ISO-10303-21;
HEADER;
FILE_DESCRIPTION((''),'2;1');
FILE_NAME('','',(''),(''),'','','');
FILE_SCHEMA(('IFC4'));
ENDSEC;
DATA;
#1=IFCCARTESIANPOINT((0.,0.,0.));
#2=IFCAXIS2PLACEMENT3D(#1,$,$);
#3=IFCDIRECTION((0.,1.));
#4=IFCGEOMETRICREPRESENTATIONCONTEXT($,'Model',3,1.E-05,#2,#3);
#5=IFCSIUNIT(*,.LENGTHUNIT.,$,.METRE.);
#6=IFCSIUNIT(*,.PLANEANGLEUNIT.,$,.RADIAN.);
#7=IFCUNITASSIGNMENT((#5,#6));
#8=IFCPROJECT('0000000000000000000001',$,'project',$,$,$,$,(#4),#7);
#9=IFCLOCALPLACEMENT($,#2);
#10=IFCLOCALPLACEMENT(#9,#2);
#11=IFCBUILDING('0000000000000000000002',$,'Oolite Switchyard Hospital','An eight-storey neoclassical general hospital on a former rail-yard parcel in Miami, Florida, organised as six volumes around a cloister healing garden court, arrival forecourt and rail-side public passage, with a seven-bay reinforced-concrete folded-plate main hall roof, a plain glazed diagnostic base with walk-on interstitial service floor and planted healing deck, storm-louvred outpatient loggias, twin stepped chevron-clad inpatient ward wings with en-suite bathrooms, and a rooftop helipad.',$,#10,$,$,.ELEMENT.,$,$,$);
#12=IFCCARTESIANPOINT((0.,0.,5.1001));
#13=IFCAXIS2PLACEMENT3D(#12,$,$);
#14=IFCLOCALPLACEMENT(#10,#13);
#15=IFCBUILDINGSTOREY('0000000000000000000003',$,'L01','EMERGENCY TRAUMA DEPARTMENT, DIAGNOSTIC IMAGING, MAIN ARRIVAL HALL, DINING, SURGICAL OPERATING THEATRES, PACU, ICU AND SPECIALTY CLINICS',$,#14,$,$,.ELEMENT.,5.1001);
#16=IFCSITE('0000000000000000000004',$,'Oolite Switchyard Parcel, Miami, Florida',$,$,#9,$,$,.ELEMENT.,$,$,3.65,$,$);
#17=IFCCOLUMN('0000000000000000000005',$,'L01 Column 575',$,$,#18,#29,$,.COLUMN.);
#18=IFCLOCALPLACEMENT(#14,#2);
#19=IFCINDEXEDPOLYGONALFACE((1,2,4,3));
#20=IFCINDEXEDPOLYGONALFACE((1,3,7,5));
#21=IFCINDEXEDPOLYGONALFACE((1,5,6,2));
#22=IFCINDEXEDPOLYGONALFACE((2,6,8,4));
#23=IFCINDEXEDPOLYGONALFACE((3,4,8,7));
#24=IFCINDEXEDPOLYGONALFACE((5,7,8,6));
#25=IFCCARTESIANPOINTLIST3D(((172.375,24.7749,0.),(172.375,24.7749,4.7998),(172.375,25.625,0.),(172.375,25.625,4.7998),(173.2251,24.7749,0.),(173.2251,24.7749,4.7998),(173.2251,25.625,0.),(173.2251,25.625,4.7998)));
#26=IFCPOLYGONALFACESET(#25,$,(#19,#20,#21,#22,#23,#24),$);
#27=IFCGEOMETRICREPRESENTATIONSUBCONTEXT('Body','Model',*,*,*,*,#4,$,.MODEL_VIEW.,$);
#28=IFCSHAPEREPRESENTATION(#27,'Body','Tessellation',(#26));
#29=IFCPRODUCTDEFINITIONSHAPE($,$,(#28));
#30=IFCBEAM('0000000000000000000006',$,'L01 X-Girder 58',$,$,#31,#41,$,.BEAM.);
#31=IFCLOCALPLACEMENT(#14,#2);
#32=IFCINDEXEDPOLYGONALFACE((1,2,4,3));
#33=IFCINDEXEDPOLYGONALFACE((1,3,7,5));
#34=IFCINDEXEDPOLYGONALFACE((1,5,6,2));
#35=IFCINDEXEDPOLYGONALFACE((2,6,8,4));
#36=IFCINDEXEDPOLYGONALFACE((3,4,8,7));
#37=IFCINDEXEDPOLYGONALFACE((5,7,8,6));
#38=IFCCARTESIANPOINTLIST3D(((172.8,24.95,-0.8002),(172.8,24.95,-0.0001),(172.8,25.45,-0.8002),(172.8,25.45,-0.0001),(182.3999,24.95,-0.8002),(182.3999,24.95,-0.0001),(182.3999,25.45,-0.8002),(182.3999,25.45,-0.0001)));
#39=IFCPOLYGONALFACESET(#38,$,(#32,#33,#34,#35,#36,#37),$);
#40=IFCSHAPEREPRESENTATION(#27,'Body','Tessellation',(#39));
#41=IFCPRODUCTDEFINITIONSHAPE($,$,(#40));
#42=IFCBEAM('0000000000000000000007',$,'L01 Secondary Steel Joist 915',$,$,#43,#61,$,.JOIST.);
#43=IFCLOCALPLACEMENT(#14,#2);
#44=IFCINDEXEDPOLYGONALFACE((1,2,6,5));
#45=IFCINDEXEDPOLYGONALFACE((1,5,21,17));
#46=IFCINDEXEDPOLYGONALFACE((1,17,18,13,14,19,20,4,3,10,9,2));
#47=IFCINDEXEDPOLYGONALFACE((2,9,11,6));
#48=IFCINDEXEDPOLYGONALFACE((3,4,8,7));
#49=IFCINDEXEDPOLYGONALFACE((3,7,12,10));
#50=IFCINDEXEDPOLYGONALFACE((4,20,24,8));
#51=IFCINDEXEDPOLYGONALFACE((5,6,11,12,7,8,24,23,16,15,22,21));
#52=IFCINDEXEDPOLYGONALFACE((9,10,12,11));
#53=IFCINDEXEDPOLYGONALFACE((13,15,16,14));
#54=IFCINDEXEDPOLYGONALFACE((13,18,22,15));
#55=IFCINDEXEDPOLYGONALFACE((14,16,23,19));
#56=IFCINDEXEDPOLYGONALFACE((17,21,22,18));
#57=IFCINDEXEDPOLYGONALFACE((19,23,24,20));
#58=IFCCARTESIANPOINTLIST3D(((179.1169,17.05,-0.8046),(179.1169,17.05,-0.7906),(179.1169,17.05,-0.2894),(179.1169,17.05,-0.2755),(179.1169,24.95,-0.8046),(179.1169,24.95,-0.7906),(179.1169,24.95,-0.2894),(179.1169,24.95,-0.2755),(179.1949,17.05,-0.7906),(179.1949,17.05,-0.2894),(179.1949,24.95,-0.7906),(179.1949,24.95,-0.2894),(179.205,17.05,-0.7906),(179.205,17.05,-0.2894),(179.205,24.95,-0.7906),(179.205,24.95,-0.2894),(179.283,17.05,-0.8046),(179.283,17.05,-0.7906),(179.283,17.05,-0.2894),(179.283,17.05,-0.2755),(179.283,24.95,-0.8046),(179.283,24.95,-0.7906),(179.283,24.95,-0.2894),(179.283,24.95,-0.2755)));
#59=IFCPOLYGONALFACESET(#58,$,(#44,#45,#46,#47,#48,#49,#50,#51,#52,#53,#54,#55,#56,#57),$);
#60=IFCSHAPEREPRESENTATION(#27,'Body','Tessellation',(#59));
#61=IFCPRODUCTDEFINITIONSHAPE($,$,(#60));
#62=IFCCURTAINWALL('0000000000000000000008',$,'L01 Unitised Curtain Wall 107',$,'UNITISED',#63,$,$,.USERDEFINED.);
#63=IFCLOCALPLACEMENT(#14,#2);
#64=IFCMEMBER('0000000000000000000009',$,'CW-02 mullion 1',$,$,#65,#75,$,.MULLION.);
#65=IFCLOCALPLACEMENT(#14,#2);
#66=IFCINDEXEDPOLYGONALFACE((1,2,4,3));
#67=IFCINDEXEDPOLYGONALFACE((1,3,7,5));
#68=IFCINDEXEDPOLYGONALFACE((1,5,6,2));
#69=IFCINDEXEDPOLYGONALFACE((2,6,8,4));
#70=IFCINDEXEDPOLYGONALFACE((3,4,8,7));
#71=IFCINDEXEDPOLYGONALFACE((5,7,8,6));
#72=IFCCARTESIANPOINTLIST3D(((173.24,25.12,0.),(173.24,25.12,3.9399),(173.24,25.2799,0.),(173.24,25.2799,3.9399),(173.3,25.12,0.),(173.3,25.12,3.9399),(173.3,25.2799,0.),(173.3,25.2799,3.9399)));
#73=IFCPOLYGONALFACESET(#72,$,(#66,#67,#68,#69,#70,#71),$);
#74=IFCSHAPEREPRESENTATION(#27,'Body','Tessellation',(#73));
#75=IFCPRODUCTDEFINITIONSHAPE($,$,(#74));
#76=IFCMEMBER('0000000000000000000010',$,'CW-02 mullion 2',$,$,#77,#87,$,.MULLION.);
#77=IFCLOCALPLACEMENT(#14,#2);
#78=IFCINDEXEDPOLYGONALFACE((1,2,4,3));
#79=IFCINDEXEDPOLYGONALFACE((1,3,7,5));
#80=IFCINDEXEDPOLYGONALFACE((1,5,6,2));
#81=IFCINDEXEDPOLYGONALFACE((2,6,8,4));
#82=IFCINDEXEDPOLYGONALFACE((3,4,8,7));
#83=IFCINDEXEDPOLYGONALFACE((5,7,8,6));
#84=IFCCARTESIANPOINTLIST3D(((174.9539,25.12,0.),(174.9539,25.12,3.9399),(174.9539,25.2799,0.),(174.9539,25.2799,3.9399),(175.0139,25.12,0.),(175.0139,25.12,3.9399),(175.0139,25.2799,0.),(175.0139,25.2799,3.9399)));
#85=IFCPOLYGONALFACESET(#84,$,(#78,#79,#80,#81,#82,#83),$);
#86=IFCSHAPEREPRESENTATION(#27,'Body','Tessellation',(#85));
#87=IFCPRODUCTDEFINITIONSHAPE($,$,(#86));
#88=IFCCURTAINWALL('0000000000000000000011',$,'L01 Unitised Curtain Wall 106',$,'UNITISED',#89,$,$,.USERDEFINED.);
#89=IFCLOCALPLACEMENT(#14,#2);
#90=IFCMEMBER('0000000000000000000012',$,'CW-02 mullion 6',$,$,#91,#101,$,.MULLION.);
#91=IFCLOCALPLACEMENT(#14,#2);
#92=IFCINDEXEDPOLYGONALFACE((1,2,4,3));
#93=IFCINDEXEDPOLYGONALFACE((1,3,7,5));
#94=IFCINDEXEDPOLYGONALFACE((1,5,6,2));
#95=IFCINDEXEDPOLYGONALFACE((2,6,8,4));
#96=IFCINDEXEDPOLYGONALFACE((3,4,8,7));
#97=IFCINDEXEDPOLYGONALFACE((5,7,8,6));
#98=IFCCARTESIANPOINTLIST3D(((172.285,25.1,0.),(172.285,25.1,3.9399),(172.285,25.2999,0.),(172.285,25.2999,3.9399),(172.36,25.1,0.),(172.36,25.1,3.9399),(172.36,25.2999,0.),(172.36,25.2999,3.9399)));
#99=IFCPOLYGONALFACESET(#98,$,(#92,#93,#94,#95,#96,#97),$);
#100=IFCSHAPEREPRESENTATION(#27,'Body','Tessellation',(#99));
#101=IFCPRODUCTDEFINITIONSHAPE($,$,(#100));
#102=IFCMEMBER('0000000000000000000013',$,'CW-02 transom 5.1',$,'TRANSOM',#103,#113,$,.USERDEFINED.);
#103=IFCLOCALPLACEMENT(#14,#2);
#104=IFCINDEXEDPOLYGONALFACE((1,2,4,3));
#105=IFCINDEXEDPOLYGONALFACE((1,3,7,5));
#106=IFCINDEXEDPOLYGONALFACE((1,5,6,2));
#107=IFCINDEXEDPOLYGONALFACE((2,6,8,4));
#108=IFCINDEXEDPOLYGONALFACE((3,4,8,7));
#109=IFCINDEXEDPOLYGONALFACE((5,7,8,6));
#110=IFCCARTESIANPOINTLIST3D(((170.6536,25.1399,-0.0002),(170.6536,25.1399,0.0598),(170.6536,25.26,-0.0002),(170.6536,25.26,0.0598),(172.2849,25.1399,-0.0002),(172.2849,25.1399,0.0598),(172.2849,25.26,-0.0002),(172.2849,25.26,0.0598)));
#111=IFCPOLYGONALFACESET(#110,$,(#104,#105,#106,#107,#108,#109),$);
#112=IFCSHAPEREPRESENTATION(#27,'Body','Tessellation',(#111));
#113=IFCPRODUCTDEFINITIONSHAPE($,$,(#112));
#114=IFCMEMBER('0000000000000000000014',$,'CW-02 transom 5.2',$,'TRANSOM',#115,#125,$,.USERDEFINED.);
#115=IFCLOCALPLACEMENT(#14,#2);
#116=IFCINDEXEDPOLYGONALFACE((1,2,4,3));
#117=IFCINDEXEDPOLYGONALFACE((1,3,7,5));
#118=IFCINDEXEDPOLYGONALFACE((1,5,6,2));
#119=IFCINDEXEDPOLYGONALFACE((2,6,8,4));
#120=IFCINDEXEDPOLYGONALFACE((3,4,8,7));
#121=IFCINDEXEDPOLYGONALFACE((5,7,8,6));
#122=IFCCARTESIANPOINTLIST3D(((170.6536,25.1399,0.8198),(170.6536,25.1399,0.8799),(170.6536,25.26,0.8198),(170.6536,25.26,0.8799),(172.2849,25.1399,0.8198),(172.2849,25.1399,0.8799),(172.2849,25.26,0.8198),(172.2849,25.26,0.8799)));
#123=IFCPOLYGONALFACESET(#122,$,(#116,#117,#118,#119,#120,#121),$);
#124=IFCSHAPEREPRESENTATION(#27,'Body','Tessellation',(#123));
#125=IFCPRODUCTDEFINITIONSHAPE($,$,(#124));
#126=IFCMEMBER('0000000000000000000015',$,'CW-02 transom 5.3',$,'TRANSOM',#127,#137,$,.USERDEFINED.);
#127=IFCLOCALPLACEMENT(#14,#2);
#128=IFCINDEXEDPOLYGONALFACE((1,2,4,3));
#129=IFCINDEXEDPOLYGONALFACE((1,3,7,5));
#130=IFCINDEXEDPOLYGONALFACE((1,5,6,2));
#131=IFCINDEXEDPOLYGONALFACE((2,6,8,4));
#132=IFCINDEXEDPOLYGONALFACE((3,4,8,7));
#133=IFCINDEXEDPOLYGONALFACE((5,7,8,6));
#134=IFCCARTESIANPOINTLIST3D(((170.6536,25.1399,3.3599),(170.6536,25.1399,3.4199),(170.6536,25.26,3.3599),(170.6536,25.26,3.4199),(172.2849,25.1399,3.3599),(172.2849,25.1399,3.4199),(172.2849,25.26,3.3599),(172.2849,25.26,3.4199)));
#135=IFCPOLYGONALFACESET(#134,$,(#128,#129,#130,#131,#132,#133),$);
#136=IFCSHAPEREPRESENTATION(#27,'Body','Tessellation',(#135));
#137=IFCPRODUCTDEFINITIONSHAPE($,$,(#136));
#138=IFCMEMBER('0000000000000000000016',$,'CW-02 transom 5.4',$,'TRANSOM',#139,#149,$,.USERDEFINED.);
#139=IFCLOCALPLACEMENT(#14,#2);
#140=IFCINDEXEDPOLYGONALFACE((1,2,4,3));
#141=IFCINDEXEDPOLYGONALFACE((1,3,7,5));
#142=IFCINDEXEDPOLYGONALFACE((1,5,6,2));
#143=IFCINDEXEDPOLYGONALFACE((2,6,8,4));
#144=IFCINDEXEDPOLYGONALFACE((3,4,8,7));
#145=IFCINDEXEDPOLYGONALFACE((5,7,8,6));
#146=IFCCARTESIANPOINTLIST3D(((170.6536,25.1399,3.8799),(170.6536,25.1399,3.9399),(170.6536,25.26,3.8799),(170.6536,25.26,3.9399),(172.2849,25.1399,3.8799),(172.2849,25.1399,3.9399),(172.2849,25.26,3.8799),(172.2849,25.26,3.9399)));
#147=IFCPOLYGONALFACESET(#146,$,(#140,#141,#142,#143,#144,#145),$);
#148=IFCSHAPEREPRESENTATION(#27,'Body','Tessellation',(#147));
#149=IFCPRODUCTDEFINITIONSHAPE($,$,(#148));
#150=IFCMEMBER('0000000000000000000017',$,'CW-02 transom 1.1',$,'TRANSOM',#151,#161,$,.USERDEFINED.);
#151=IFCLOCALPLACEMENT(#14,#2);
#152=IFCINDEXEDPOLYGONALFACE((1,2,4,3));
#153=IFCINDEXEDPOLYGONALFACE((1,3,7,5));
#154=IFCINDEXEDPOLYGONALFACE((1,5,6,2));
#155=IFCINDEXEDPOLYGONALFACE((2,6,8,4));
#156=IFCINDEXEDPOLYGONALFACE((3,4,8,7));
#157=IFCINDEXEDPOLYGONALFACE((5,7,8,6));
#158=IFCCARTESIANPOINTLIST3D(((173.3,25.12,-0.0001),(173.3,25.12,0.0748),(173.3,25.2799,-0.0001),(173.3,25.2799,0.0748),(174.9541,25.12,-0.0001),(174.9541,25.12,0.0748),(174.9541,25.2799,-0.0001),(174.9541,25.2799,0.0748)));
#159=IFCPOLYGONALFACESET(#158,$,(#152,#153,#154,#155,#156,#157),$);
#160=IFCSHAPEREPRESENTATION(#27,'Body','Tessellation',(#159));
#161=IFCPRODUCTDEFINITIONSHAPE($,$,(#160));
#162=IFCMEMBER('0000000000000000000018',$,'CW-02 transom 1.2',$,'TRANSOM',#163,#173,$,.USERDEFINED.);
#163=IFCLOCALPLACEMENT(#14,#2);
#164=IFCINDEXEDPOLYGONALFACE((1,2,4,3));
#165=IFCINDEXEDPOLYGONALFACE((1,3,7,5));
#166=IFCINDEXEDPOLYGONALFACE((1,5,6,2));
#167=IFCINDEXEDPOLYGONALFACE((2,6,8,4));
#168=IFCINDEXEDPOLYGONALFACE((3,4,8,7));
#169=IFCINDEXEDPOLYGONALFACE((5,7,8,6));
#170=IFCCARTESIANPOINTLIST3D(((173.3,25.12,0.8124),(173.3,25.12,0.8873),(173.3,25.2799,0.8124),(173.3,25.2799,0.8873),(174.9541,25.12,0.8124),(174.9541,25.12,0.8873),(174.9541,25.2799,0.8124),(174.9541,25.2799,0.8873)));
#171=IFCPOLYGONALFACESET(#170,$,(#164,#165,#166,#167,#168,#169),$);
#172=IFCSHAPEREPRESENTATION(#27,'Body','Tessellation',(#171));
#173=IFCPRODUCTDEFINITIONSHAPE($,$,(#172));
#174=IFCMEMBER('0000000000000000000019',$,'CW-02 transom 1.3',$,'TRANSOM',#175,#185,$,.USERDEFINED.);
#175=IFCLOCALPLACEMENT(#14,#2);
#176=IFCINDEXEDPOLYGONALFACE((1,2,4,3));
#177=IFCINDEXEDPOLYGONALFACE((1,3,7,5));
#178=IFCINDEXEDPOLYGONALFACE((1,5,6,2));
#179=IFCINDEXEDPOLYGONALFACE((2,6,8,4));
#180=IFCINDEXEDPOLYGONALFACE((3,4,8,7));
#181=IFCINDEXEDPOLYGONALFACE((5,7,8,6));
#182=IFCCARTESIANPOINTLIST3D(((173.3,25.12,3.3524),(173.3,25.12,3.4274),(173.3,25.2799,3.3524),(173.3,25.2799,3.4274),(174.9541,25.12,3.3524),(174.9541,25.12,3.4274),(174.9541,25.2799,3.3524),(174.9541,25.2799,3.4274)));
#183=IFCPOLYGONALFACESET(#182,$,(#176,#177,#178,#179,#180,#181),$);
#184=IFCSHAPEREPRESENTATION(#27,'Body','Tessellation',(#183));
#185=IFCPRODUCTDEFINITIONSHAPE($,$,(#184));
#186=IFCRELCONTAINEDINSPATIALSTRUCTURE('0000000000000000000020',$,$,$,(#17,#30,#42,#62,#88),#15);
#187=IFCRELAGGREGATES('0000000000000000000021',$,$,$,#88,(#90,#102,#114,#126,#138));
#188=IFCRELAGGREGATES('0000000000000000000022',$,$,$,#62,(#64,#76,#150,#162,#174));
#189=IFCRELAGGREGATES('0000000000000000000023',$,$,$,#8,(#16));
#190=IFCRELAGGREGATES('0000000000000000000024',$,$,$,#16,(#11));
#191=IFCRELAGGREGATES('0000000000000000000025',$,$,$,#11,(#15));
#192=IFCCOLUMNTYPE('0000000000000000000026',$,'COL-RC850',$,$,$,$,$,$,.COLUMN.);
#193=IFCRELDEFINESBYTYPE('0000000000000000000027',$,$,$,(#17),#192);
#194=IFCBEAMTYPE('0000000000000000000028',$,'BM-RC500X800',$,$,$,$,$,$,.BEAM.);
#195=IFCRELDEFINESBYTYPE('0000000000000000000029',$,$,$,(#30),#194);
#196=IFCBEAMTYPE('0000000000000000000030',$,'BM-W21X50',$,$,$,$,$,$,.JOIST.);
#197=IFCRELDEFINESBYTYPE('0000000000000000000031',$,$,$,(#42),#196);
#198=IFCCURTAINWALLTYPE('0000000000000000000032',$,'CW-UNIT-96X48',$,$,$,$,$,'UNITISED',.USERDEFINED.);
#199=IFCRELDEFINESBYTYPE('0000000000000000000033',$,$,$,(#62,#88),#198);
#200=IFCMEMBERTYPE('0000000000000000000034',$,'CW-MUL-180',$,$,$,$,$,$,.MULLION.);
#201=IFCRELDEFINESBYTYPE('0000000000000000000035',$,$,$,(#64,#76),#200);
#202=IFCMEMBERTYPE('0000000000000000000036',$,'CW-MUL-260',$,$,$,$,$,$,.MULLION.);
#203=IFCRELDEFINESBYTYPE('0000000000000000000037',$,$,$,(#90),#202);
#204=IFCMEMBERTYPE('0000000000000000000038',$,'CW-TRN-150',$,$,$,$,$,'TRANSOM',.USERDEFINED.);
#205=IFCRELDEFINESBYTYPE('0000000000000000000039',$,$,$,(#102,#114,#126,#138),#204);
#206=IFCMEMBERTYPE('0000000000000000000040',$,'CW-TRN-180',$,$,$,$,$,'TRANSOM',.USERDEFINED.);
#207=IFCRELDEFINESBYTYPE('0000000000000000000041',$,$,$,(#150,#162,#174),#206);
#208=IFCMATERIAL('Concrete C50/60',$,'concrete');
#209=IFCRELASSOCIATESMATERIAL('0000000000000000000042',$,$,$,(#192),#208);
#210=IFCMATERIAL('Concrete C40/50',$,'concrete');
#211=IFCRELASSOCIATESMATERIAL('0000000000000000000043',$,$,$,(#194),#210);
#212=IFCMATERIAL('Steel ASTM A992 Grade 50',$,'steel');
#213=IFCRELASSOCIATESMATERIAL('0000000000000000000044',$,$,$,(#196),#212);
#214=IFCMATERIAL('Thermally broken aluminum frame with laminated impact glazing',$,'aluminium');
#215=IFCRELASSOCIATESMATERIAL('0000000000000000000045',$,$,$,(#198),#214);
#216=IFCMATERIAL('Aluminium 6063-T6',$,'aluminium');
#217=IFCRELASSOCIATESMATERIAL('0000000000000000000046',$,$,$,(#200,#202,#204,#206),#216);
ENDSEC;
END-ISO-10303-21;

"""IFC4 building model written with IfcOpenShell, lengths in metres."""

from ifc_helpers import new_model, si_unit, direction, frame, origin, origin_2d, place, context, subcontext, project, spatial, rectangle, i_section, extrude, material, material_profile, profile_set, type_object, element, aggregate, save


model = new_model("IFC4")

# Units and contexts
model_context = context("Model", 3, precision=1e-05, world=origin(), true_north=direction((0.0, 1.0)))
body_context = subcontext(model_context, "Body", "Model", "MODEL_VIEW")
ifc_project = project(units=[si_unit("LENGTHUNIT", "METRE"), si_unit("PLANEANGLEUNIT", "RADIAN")], contexts=[model_context])

# Site, building, storey
site_placement = place(None, origin())
site = spatial("IfcSite", under=ifc_project, at=site_placement, Name="Oolite Switchyard Parcel, Miami, Florida", CompositionType="ELEMENT", RefElevation=3.65)
building_placement = place(site_placement, origin())
building = spatial("IfcBuilding", under=site, at=building_placement, Name="Oolite Switchyard Hospital", Description="An eight-storey neoclassical general hospital on a former rail-yard parcel in Miami, Florida, organised as six volumes around a cloister healing garden court, arrival forecourt and rail-side public passage, with a seven-bay reinforced-concrete folded-plate main hall roof, a plain glazed diagnostic base with walk-on interstitial service floor and planted healing deck, storm-louvred outpatient loggias, twin stepped chevron-clad inpatient ward wings with en-suite bathrooms, and a rooftop helipad.", CompositionType="ELEMENT")
storey_placement = place(building_placement, frame((0.0, 0.0, 5.1001)))
storey = spatial("IfcBuildingStorey", under=building, at=storey_placement, Name="L01", Description="EMERGENCY TRAUMA DEPARTMENT, DIAGNOSTIC IMAGING, MAIN ARRIVAL HALL, DINING, SURGICAL OPERATING THEATRES, PACU, ICU AND SPECIALTY CLINICS", CompositionType="ELEMENT", Elevation=5.1001)

# Column
ifc_material_1 = material(Name="Concrete C50/60", Category="concrete")
ifc_material_profile_1 = material_profile(ifc_material_1, rectangle(XDim=0.8501, YDim=0.8501, at=origin_2d()), Name="RC850X850")
ifc_profile_set_1 = profile_set([ifc_material_profile_1], Name="Concrete C50/60")
column_type = type_object("IfcColumnType", Name="COL-RC850", PredefinedType="COLUMN", material=ifc_profile_set_1)
column_placement = place(storey_placement, frame((172.8, 25.2, 0.0), z_axis=(0.0, 0.0, 1.0), x_axis=(1.0, 0.0, 0.0)))
element("IfcColumn", 1, at=column_placement, inside=storey, type_object=column_type, Name="L01 Column 575", PredefinedType="COLUMN", context=body_context, shape_type="SweptSolid", body=[
    extrude(rectangle(XDim=0.8501, YDim=0.8501, at=origin_2d()), origin(), (0.0, 0.0, 1.0), 4.7998),
])

# Beams
ifc_material_2 = material(Name="Concrete C40/50", Category="concrete")
ifc_material_profile_2 = material_profile(ifc_material_2, rectangle(XDim=0.5, YDim=0.8, at=origin_2d()), Name="RCB500X800")
ifc_profile_set_2 = profile_set([ifc_material_profile_2], Name="Concrete C40/50")
beam_type_1 = type_object("IfcBeamType", Name="BM-RC500X800", PredefinedType="BEAM", material=ifc_profile_set_2)
beam_1_placement = place(storey_placement, frame((172.8, 25.2, -0.4001), z_axis=(1.0, 0.0, 0.0), x_axis=(0.0, 1.0, 0.0)))
element("IfcBeam", 2, at=beam_1_placement, inside=storey, type_object=beam_type_1, Name="L01 X-Girder 58", PredefinedType="BEAM", context=body_context, shape_type="SweptSolid", body=[
    extrude(rectangle(XDim=0.5, YDim=0.8, at=origin_2d()), origin(), (0.0, 0.0, 1.0), 9.5999),
])
ifc_material_3 = material(Name="Steel ASTM A992 Grade 50", Category="steel")
ifc_material_profile_3 = material_profile(ifc_material_3, i_section(OverallWidth=0.166, OverallDepth=0.5291, WebThickness=0.01, FlangeThickness=0.0139, at=origin_2d()), Name="W21X50")
ifc_profile_set_3 = profile_set([ifc_material_profile_3], Name="Steel ASTM A992 Grade 50")
beam_type_2 = type_object("IfcBeamType", Name="BM-W21X50", PredefinedType="JOIST", material=ifc_profile_set_3)
beam_2_placement = place(storey_placement, frame((179.2, 17.05, -0.54), z_axis=(0.0, 1.0, 0.0), x_axis=(-1.0, 0.0, 0.0)))
element("IfcBeam", 3, at=beam_2_placement, inside=storey, type_object=beam_type_2, Name="L01 Secondary Steel Joist 915", PredefinedType="JOIST", context=body_context, shape_type="SweptSolid", body=[
    extrude(i_section(OverallWidth=0.166, OverallDepth=0.5291, WebThickness=0.01, FlangeThickness=0.0139, at=origin_2d()), origin(), (0.0, 0.0, 1.0), 7.8999),
])

# Curtain walls, members
ifc_material_4 = material(Name="Thermally broken aluminum frame with laminated impact glazing", Category="aluminium")
curtain_wall_type = type_object("IfcCurtainWallType", Name="CW-UNIT-96X48", ElementType="UNITISED", PredefinedType="USERDEFINED", material=ifc_material_4)
curtain_wall_1_placement = place(storey_placement, origin())
curtain_wall_1 = element("IfcCurtainWall", 4, at=curtain_wall_1_placement, inside=storey, type_object=curtain_wall_type, Name="L01 Unitised Curtain Wall 107", ObjectType="UNITISED", PredefinedType="USERDEFINED")
ifc_material_5 = material(Name="Aluminium 6063-T6", Category="aluminium")
ifc_material_profile_4 = material_profile(ifc_material_5, rectangle(XDim=0.1599, YDim=0.0601, at=origin_2d()), Name="CWM60X160")
ifc_profile_set_4 = profile_set([ifc_material_profile_4], Name="Aluminium 6063-T6")
member_type_1 = type_object("IfcMemberType", Name="CW-MUL-180", PredefinedType="MULLION", material=ifc_profile_set_4)
member_1_placement = place(storey_placement, frame((173.27, 25.2, 0.0), z_axis=(0.0, 0.0, 1.0), x_axis=(0.0, 1.0, 0.0)))
member_1 = element("IfcMember", 5, at=member_1_placement, type_object=member_type_1, Name="CW-02 mullion 1", PredefinedType="MULLION", context=body_context, shape_type="SweptSolid", body=[
    extrude(rectangle(XDim=0.1599, YDim=0.0601, at=origin_2d()), origin(), (0.0, 0.0, 1.0), 3.9399),
])
member_2_placement = place(storey_placement, frame((174.9839, 25.2, 0.0), z_axis=(0.0, 0.0, 1.0), x_axis=(0.0, 1.0, 0.0)))
member_2 = element("IfcMember", 6, at=member_2_placement, type_object=member_type_1, Name="CW-02 mullion 2", PredefinedType="MULLION", context=body_context, shape_type="SweptSolid", body=[
    extrude(rectangle(XDim=0.1599, YDim=0.0601, at=origin_2d()), origin(), (0.0, 0.0, 1.0), 3.9399),
])
curtain_wall_2_placement = place(storey_placement, origin())
curtain_wall_2 = element("IfcCurtainWall", 7, at=curtain_wall_2_placement, inside=storey, type_object=curtain_wall_type, Name="L01 Unitised Curtain Wall 106", ObjectType="UNITISED", PredefinedType="USERDEFINED")
ifc_material_profile_5 = material_profile(ifc_material_5, rectangle(XDim=0.2, YDim=0.075, at=origin_2d()), Name="CWM75X200")
ifc_profile_set_5 = profile_set([ifc_material_profile_5], Name="Aluminium 6063-T6")
member_type_2 = type_object("IfcMemberType", Name="CW-MUL-260", PredefinedType="MULLION", material=ifc_profile_set_5)
member_3_placement = place(storey_placement, frame((172.3225, 25.2, 0.0), z_axis=(0.0, 0.0, 1.0), x_axis=(0.0, 1.0, 0.0)))
member_3 = element("IfcMember", 8, at=member_3_placement, type_object=member_type_2, Name="CW-02 mullion 6", PredefinedType="MULLION", context=body_context, shape_type="SweptSolid", body=[
    extrude(rectangle(XDim=0.2, YDim=0.075, at=origin_2d()), origin(), (0.0, 0.0, 1.0), 3.9399),
])
ifc_material_profile_6 = material_profile(ifc_material_5, rectangle(XDim=0.1201, YDim=0.0601, at=origin_2d()), Name="CWT60X120")
ifc_profile_set_6 = profile_set([ifc_material_profile_6], Name="Aluminium 6063-T6")
member_type_3 = type_object("IfcMemberType", Name="CW-TRN-150", ElementType="TRANSOM", PredefinedType="USERDEFINED", material=ifc_profile_set_6)
member_4_placement = place(storey_placement, frame((170.6536, 25.2, 0.0298), z_axis=(1.0, 0.0, 0.0), x_axis=(0.0, 1.0, 0.0)))
member_4 = element("IfcMember", 9, at=member_4_placement, type_object=member_type_3, Name="CW-02 transom 5.1", ObjectType="TRANSOM", PredefinedType="USERDEFINED", context=body_context, shape_type="SweptSolid", body=[
    extrude(rectangle(XDim=0.1201, YDim=0.0601, at=origin_2d()), origin(), (0.0, 0.0, 1.0), 1.6313),
])
member_5_placement = place(storey_placement, frame((170.6536, 25.2, 0.8499), z_axis=(1.0, 0.0, 0.0), x_axis=(0.0, 1.0, 0.0)))
member_5 = element("IfcMember", 10, at=member_5_placement, type_object=member_type_3, Name="CW-02 transom 5.2", ObjectType="TRANSOM", PredefinedType="USERDEFINED", context=body_context, shape_type="SweptSolid", body=[
    extrude(rectangle(XDim=0.1201, YDim=0.0601, at=origin_2d()), origin(), (0.0, 0.0, 1.0), 1.6313),
])
member_6_placement = place(storey_placement, frame((170.6536, 25.2, 3.3899), z_axis=(1.0, 0.0, 0.0), x_axis=(0.0, 1.0, 0.0)))
member_6 = element("IfcMember", 11, at=member_6_placement, type_object=member_type_3, Name="CW-02 transom 5.3", ObjectType="TRANSOM", PredefinedType="USERDEFINED", context=body_context, shape_type="SweptSolid", body=[
    extrude(rectangle(XDim=0.1201, YDim=0.0601, at=origin_2d()), origin(), (0.0, 0.0, 1.0), 1.6313),
])
member_7_placement = place(storey_placement, frame((170.6536, 25.2, 3.9099), z_axis=(1.0, 0.0, 0.0), x_axis=(0.0, 1.0, 0.0)))
member_7 = element("IfcMember", 12, at=member_7_placement, type_object=member_type_3, Name="CW-02 transom 5.4", ObjectType="TRANSOM", PredefinedType="USERDEFINED", context=body_context, shape_type="SweptSolid", body=[
    extrude(rectangle(XDim=0.1201, YDim=0.0601, at=origin_2d()), origin(), (0.0, 0.0, 1.0), 1.6313),
])

# Members
ifc_material_profile_7 = material_profile(ifc_material_5, rectangle(XDim=0.1599, YDim=0.075, at=origin_2d()), Name="CWT75X160")
ifc_profile_set_7 = profile_set([ifc_material_profile_7], Name="Aluminium 6063-T6")
member_type_4 = type_object("IfcMemberType", Name="CW-TRN-180", ElementType="TRANSOM", PredefinedType="USERDEFINED", material=ifc_profile_set_7)
member_8_placement = place(storey_placement, frame((173.3, 25.2, 0.0374), z_axis=(1.0, 0.0, 0.0), x_axis=(0.0, 1.0, 0.0)))
member_8 = element("IfcMember", 13, at=member_8_placement, type_object=member_type_4, Name="CW-02 transom 1.1", ObjectType="TRANSOM", PredefinedType="USERDEFINED", context=body_context, shape_type="SweptSolid", body=[
    extrude(rectangle(XDim=0.1599, YDim=0.075, at=origin_2d()), origin(), (0.0, 0.0, 1.0), 1.6541),
])
member_9_placement = place(storey_placement, frame((173.3, 25.2, 0.8499), z_axis=(1.0, 0.0, 0.0), x_axis=(0.0, 1.0, 0.0)))
member_9 = element("IfcMember", 14, at=member_9_placement, type_object=member_type_4, Name="CW-02 transom 1.2", ObjectType="TRANSOM", PredefinedType="USERDEFINED", context=body_context, shape_type="SweptSolid", body=[
    extrude(rectangle(XDim=0.1599, YDim=0.075, at=origin_2d()), origin(), (0.0, 0.0, 1.0), 1.6541),
])
member_10_placement = place(storey_placement, frame((173.3, 25.2, 3.3899), z_axis=(1.0, 0.0, 0.0), x_axis=(0.0, 1.0, 0.0)))
member_10 = element("IfcMember", 15, at=member_10_placement, type_object=member_type_4, Name="CW-02 transom 1.3", ObjectType="TRANSOM", PredefinedType="USERDEFINED", context=body_context, shape_type="SweptSolid", body=[
    extrude(rectangle(XDim=0.1599, YDim=0.075, at=origin_2d()), origin(), (0.0, 0.0, 1.0), 1.6541),
])

aggregate(curtain_wall_2, [member_3, member_4, member_5, member_6, member_7])
aggregate(curtain_wall_1, [member_1, member_2, member_8, member_9, member_10])

save(model, "model.ifc")
